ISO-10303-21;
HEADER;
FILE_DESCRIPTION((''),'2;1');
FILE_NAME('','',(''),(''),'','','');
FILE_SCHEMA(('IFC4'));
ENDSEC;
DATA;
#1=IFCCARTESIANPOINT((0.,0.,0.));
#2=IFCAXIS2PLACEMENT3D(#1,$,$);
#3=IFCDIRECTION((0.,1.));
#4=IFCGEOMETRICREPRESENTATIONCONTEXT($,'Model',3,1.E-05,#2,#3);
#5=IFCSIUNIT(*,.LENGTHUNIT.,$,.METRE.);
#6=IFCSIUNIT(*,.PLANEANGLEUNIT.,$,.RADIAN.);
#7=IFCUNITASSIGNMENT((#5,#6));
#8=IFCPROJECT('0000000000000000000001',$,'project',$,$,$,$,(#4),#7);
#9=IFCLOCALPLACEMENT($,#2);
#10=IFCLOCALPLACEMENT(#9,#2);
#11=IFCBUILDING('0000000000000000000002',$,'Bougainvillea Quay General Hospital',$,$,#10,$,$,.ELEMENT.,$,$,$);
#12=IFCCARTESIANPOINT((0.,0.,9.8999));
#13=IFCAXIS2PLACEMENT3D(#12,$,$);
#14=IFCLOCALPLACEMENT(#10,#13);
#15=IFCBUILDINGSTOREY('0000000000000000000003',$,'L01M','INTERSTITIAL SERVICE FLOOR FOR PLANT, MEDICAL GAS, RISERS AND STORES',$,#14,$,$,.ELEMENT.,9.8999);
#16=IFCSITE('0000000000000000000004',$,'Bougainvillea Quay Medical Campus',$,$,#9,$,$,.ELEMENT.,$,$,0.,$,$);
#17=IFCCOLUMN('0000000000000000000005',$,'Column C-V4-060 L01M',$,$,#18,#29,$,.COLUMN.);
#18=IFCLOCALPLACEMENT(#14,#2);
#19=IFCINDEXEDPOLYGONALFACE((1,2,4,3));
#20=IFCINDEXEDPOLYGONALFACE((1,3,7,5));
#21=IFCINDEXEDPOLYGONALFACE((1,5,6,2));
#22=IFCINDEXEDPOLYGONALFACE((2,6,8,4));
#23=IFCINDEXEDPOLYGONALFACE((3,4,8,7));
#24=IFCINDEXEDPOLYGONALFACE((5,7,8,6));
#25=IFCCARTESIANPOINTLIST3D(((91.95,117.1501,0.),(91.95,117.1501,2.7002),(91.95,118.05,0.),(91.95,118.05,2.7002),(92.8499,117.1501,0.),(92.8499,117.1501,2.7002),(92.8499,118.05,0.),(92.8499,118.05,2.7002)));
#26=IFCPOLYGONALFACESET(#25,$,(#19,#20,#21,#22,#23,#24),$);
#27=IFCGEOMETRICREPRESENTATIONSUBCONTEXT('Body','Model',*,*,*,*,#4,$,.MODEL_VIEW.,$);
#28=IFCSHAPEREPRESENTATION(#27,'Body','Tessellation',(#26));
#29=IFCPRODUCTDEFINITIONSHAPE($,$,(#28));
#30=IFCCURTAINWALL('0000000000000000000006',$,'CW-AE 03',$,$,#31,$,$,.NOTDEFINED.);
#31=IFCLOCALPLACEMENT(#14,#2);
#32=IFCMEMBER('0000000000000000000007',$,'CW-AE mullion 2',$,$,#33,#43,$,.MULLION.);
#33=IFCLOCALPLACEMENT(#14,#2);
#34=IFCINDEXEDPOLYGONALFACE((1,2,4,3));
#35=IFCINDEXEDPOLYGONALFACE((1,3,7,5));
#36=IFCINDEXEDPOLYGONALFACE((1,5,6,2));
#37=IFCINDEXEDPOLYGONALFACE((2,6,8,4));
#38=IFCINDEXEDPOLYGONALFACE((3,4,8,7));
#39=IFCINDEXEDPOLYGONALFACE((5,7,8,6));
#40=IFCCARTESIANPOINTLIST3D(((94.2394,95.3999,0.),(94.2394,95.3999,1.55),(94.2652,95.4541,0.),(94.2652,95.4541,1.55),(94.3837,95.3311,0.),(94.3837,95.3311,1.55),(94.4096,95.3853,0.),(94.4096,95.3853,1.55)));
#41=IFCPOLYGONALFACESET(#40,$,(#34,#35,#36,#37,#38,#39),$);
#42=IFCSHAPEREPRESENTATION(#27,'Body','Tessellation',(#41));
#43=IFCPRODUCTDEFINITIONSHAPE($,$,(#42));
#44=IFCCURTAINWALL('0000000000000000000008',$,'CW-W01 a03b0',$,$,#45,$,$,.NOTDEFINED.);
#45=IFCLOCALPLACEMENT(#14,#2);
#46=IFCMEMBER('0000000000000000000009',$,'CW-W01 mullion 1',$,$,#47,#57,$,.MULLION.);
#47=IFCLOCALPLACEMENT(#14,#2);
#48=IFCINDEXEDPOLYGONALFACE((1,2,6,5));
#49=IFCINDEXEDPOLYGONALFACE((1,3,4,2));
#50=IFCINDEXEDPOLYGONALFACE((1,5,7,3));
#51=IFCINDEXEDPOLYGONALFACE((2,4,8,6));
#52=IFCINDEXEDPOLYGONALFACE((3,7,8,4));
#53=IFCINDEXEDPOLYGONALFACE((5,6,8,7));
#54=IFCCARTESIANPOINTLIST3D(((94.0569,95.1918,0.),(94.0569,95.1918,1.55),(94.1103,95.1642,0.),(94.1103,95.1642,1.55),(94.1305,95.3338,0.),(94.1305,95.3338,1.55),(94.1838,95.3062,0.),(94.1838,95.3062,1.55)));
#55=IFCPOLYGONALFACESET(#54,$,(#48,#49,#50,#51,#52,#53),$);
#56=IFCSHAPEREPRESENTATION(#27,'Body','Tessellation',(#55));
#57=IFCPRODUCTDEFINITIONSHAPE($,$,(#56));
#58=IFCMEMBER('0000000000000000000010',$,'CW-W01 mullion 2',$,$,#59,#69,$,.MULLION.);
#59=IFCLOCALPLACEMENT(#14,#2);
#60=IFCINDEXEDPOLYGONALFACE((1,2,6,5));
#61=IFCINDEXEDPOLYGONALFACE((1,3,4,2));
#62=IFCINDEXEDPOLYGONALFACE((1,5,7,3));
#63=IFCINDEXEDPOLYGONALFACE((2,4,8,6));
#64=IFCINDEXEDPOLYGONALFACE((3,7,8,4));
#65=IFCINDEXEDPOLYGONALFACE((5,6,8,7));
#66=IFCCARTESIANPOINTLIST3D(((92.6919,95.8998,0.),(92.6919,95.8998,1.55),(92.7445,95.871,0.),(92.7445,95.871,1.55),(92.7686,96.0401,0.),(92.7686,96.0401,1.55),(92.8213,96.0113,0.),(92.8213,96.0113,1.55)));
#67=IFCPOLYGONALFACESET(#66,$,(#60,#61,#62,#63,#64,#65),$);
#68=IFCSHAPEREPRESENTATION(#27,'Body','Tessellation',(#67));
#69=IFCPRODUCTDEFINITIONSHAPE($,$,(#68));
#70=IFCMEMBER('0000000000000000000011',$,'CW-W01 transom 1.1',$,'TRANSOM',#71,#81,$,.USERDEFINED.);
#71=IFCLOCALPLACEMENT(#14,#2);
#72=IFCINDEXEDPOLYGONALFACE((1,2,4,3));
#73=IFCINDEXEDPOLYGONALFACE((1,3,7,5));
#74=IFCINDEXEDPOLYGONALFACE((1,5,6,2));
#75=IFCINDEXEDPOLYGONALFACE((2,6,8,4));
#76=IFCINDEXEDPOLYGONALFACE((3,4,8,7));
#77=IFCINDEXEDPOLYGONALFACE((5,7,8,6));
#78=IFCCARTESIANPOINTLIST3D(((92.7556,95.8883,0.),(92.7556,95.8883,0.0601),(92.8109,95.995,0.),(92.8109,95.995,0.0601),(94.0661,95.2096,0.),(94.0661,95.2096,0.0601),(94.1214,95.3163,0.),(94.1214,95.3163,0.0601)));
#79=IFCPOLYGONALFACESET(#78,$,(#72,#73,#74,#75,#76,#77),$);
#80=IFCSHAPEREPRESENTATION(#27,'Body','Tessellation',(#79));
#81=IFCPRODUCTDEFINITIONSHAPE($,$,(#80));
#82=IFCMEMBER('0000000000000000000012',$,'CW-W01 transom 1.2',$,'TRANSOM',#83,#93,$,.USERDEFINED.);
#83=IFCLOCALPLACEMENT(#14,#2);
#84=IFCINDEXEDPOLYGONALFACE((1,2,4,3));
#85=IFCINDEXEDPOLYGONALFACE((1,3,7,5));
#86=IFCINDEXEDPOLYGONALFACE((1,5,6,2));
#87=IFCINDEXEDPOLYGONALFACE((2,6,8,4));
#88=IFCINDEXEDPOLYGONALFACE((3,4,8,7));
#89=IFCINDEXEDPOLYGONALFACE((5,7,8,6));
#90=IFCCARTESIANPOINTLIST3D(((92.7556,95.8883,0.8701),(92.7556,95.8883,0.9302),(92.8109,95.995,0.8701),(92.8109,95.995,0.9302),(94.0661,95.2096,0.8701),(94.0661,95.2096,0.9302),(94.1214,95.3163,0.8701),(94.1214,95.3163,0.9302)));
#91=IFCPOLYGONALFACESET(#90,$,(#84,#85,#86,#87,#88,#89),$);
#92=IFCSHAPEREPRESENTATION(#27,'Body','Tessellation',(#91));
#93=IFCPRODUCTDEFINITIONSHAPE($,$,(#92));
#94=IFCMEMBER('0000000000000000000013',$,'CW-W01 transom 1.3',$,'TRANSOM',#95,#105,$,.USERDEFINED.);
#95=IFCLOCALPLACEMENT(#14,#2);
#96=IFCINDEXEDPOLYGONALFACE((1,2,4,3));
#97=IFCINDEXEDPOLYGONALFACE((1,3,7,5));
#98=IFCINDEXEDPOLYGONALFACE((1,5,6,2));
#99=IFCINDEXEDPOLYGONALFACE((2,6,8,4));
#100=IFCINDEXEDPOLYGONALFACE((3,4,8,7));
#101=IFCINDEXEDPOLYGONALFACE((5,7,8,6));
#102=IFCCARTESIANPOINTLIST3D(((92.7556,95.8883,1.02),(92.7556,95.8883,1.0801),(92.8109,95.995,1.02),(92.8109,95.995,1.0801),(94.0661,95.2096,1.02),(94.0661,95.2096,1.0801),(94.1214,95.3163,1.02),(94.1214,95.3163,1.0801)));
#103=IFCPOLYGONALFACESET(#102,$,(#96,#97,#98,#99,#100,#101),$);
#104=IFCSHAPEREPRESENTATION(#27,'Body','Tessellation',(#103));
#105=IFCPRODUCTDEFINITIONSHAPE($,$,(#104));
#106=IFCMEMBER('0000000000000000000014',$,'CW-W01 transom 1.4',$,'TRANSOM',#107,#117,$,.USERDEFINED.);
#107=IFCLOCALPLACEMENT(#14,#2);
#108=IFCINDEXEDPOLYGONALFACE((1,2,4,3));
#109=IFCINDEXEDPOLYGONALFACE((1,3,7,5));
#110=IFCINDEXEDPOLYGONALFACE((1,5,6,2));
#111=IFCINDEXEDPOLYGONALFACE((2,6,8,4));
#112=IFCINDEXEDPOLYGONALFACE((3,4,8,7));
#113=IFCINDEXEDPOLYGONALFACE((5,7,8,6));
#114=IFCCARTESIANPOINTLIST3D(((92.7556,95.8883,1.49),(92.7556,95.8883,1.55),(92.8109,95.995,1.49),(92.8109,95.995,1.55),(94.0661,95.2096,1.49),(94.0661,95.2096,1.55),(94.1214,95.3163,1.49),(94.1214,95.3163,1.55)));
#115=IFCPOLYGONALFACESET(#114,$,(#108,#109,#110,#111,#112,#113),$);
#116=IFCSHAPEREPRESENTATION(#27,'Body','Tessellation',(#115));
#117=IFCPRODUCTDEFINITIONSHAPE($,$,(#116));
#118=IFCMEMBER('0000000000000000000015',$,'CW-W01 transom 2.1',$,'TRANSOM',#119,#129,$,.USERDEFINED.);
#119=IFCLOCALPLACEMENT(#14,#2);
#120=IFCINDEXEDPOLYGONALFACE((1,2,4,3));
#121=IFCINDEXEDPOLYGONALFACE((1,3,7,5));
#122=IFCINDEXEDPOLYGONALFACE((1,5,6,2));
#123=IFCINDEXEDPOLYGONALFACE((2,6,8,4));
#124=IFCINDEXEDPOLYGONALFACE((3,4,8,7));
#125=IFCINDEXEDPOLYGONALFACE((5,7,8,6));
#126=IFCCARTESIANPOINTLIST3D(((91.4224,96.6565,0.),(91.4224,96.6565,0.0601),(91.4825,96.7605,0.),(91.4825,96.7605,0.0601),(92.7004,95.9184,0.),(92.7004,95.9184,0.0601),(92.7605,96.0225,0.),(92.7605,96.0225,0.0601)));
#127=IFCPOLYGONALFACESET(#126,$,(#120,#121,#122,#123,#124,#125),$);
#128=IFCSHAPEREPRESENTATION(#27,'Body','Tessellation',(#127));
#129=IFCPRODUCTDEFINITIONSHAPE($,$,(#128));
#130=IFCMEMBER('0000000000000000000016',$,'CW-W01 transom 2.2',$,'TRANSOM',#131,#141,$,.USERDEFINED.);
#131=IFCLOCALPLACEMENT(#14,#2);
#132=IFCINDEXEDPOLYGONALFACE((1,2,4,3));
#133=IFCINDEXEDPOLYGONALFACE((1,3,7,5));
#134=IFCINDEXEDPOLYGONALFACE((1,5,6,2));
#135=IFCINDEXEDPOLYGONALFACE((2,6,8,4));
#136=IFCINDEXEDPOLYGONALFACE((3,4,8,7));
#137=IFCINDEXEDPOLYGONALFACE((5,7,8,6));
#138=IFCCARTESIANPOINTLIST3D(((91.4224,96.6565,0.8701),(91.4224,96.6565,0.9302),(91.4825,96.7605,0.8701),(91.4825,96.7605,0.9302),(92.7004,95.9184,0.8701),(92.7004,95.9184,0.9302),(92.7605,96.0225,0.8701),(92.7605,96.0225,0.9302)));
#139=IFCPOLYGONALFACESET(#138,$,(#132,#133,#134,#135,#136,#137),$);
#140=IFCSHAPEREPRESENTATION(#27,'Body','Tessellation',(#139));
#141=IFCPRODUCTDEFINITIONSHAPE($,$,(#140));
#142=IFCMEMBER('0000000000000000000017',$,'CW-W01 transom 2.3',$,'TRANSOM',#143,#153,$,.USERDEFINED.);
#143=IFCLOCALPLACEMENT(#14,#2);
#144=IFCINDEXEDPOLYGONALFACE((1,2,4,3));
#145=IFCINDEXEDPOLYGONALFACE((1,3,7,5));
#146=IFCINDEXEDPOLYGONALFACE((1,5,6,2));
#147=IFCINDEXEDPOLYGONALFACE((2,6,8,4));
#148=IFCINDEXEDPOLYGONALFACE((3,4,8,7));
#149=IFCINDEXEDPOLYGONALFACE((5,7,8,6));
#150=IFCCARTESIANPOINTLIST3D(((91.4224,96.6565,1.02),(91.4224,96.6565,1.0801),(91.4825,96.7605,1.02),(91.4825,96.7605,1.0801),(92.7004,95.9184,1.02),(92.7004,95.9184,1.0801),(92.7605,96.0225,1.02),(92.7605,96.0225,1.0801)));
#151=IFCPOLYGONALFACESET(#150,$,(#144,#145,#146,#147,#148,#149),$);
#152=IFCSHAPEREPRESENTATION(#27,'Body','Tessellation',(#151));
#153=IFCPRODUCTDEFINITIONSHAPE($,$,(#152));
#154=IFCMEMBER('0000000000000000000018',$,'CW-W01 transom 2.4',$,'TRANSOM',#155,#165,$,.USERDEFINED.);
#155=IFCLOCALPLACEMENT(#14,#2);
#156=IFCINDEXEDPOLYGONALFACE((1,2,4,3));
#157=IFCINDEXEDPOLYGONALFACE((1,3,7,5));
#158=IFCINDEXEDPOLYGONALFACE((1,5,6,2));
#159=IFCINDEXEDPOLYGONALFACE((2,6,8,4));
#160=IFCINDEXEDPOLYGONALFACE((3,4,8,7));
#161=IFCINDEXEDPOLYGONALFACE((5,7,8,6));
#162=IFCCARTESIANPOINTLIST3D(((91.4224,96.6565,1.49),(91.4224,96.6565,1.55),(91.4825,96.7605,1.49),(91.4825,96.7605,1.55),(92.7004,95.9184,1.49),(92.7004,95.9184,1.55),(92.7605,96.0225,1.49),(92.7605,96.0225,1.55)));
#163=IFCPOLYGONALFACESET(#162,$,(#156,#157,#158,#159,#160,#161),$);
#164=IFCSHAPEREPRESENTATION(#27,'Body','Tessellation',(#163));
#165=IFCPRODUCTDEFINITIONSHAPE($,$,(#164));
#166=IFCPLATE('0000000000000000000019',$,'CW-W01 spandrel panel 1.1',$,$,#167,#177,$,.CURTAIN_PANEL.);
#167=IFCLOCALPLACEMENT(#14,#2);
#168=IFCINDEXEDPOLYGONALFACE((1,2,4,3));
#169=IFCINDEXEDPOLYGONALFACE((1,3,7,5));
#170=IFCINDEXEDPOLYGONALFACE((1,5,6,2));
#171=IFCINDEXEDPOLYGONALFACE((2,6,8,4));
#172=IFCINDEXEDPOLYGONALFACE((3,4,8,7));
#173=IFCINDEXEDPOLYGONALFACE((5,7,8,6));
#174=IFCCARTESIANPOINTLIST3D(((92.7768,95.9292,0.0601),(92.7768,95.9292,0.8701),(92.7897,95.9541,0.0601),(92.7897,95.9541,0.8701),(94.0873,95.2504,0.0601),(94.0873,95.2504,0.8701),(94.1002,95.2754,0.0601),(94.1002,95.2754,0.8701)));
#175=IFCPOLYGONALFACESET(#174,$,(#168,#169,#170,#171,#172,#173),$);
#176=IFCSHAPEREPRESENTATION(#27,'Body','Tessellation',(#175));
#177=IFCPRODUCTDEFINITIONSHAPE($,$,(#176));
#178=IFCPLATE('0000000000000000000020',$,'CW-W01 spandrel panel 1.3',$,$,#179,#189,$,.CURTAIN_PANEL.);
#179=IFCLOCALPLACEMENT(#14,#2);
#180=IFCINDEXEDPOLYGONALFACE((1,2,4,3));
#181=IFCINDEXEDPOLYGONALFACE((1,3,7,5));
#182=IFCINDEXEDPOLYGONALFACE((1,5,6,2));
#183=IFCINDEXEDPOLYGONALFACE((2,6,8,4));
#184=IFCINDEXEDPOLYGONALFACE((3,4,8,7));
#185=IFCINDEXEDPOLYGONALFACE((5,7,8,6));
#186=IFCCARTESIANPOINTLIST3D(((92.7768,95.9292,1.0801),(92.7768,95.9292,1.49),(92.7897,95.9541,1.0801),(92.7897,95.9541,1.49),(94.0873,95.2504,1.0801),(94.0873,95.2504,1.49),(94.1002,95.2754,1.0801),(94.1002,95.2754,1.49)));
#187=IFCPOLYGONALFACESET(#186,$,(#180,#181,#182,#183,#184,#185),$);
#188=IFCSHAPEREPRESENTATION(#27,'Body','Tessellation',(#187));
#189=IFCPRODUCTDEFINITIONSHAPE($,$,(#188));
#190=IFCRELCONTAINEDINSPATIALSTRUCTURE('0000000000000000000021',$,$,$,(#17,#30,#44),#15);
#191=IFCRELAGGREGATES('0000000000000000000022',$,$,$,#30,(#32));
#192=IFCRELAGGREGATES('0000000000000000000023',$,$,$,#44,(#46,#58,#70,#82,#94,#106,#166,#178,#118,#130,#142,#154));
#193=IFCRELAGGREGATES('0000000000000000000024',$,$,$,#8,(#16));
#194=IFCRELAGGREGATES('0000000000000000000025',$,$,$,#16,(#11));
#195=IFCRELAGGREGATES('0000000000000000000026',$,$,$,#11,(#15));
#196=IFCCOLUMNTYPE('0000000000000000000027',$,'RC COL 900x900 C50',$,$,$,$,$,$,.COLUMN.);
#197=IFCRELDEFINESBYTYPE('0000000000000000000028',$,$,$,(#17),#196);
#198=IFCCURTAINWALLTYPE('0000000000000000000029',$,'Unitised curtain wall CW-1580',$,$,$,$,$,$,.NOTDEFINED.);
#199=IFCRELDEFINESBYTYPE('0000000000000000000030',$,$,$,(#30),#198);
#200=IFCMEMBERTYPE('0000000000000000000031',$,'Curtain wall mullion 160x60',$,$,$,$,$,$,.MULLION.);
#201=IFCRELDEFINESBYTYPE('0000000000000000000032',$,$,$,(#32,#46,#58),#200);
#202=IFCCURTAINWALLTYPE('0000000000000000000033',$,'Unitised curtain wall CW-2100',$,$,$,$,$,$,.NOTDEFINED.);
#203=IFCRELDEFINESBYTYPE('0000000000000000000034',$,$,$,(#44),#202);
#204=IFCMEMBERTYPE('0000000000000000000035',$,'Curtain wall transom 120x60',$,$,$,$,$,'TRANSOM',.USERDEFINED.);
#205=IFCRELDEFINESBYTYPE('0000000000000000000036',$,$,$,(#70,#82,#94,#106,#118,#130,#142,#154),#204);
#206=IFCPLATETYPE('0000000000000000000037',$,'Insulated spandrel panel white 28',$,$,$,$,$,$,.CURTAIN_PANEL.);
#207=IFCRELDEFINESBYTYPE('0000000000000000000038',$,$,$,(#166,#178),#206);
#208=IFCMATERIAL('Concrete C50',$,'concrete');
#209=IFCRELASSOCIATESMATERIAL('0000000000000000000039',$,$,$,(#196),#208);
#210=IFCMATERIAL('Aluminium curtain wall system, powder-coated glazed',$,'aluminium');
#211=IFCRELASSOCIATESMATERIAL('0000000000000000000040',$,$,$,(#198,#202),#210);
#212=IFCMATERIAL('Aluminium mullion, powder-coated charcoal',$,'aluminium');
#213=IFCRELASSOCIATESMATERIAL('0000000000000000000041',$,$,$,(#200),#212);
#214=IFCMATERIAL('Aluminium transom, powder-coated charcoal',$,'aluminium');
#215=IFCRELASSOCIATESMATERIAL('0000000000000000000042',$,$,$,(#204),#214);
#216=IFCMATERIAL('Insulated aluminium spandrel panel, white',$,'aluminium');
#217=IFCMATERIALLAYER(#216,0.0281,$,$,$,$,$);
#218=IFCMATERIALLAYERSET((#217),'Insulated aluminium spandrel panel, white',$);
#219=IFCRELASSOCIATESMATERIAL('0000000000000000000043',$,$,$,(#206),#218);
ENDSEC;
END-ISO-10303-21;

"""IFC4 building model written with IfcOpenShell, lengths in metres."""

from ifc_helpers import new_model, si_unit, direction, frame, origin, origin_2d, place, context, subcontext, project, spatial, rectangle, extrude, material, layer, layer_set, material_profile, profile_set, type_object, element, aggregate, save


model = new_model("IFC4")

# Units and contexts
model_context = context("Model", 3, precision=1e-05, world=origin(), true_north=direction((0.0, 1.0)))
body_context = subcontext(model_context, "Body", "Model", "MODEL_VIEW")
ifc_project = project(units=[si_unit("LENGTHUNIT", "METRE"), si_unit("PLANEANGLEUNIT", "RADIAN")], contexts=[model_context])

# Site, building, storey
site_placement = place(None, origin())
site = spatial("IfcSite", under=ifc_project, at=site_placement, Name="Bougainvillea Quay Medical Campus", CompositionType="ELEMENT", RefElevation=0.0)
building_placement = place(site_placement, origin())
building = spatial("IfcBuilding", under=site, at=building_placement, Name="Bougainvillea Quay General Hospital", CompositionType="ELEMENT")
storey_placement = place(building_placement, frame((0.0, 0.0, 9.8999)))
storey = spatial("IfcBuildingStorey", under=building, at=storey_placement, Name="L01M", Description="INTERSTITIAL SERVICE FLOOR FOR PLANT, MEDICAL GAS, RISERS AND STORES", CompositionType="ELEMENT", Elevation=9.8999)

# Column
ifc_material_1 = material(Name="Concrete C50", Category="concrete")
ifc_material_profile_1 = material_profile(ifc_material_1, rectangle(XDim=0.8999, YDim=0.8999, at=origin_2d()))
ifc_profile_set_1 = profile_set([ifc_material_profile_1], Name="Concrete C50")
column_type = type_object("IfcColumnType", Name="RC COL 900x900 C50", PredefinedType="COLUMN", material=ifc_profile_set_1)
column_placement = place(storey_placement, frame((92.3999, 117.6001, 0.0), z_axis=(0.0, 0.0, 1.0), x_axis=(1.0, 0.0, 0.0)))
element("IfcColumn", 1, at=column_placement, inside=storey, type_object=column_type, Name="Column C-V4-060 L01M", PredefinedType="COLUMN", context=body_context, shape_type="SweptSolid", body=[
    extrude(rectangle(XDim=0.8999, YDim=0.8999, at=origin_2d()), origin(), (0.0, 0.0, 1.0), 2.7002),
])

# Curtain wall, member
ifc_material_2 = material(Name="Aluminium curtain wall system, powder-coated glazed", Category="aluminium")
curtain_wall_type_1 = type_object("IfcCurtainWallType", Name="Unitised curtain wall CW-1580", PredefinedType="NOTDEFINED", material=ifc_material_2)
curtain_wall_1_placement = place(storey_placement, origin())
curtain_wall_1 = element("IfcCurtainWall", 2, at=curtain_wall_1_placement, inside=storey, type_object=curtain_wall_type_1, Name="CW-AE 03", PredefinedType="NOTDEFINED")
ifc_material_3 = material(Name="Aluminium mullion, powder-coated charcoal", Category="aluminium")
ifc_material_profile_2 = material_profile(ifc_material_3, rectangle(XDim=0.1599, YDim=0.0601, at=origin_2d()))
ifc_profile_set_2 = profile_set([ifc_material_profile_2], Name="Aluminium mullion, powder-coated charcoal")
member_type_1 = type_object("IfcMemberType", Name="Curtain wall mullion 160x60", PredefinedType="MULLION", material=ifc_profile_set_2)
member_1_placement = place(storey_placement, frame((94.3245, 95.3926, 0.0), z_axis=(0.0, 0.0, 1.0), x_axis=(-0.902578, 0.430525, 0.0)))
member_1 = element("IfcMember", 3, at=member_1_placement, type_object=member_type_1, Name="CW-AE mullion 2", PredefinedType="MULLION", context=body_context, shape_type="SweptSolid", body=[
    extrude(rectangle(XDim=0.1599, YDim=0.0601, at=origin_2d()), origin(), (0.0, 0.0, 1.0), 1.55),
])
aggregate(curtain_wall_1, [member_1])

# Curtain wall, members, plates
curtain_wall_type_2 = type_object("IfcCurtainWallType", Name="Unitised curtain wall CW-2100", PredefinedType="NOTDEFINED", material=ifc_material_2)
curtain_wall_2_placement = place(storey_placement, origin())
curtain_wall_2 = element("IfcCurtainWall", 4, at=curtain_wall_2_placement, inside=storey, type_object=curtain_wall_type_2, Name="CW-W01 a03b0", PredefinedType="NOTDEFINED")
member_2_placement = place(storey_placement, frame((94.1204, 95.249, 0.0), z_axis=(0.0, 0.0, 1.0), x_axis=(-0.459924, -0.887958, 0.0)))
member_2 = element("IfcMember", 5, at=member_2_placement, type_object=member_type_1, Name="CW-W01 mullion 1", PredefinedType="MULLION", context=body_context, shape_type="SweptSolid", body=[
    extrude(rectangle(XDim=0.1599, YDim=0.0601, at=origin_2d()), origin(), (0.0, 0.0, 1.0), 1.55),
])
member_3_placement = place(storey_placement, frame((92.7566, 95.9556, 0.0), z_axis=(0.0, 0.0, 1.0), x_axis=(-0.480103, -0.877212, 0.0)))
member_3 = element("IfcMember", 6, at=member_3_placement, type_object=member_type_1, Name="CW-W01 mullion 2", PredefinedType="MULLION", context=body_context, shape_type="SweptSolid", body=[
    extrude(rectangle(XDim=0.1599, YDim=0.0601, at=origin_2d()), origin(), (0.0, 0.0, 1.0), 1.55),
])
ifc_material_4 = material(Name="Aluminium transom, powder-coated charcoal", Category="aluminium")
ifc_material_profile_3 = material_profile(ifc_material_4, rectangle(XDim=0.1201, YDim=0.0601, at=origin_2d()))
ifc_profile_set_3 = profile_set([ifc_material_profile_3], Name="Aluminium transom, powder-coated charcoal")
member_type_2 = type_object("IfcMemberType", Name="Curtain wall transom 120x60", ElementType="TRANSOM", PredefinedType="USERDEFINED", material=ifc_profile_set_3)
member_4_placement = place(storey_placement, frame((94.0938, 95.2629, 0.03), z_axis=(-0.887985, 0.459873, 0.0), x_axis=(-0.459873, -0.887985, 0.0)))
member_4 = element("IfcMember", 7, at=member_4_placement, type_object=member_type_2, Name="CW-W01 transom 1.1", ObjectType="TRANSOM", PredefinedType="USERDEFINED", context=body_context, shape_type="SweptSolid", body=[
    extrude(rectangle(XDim=0.1201, YDim=0.0601, at=origin_2d()), origin(), (0.0, 0.0, 1.0), 1.4758),
])
member_5_placement = place(storey_placement, frame((94.0938, 95.2629, 0.9001), z_axis=(-0.887985, 0.459873, 0.0), x_axis=(-0.459873, -0.887985, 0.0)))
member_5 = element("IfcMember", 8, at=member_5_placement, type_object=member_type_2, Name="CW-W01 transom 1.2", ObjectType="TRANSOM", PredefinedType="USERDEFINED", context=body_context, shape_type="SweptSolid", body=[
    extrude(rectangle(XDim=0.1201, YDim=0.0601, at=origin_2d()), origin(), (0.0, 0.0, 1.0), 1.4758),
])
member_6_placement = place(storey_placement, frame((94.0938, 95.2629, 1.05), z_axis=(-0.887985, 0.459873, 0.0), x_axis=(-0.459873, -0.887985, 0.0)))
member_6 = element("IfcMember", 9, at=member_6_placement, type_object=member_type_2, Name="CW-W01 transom 1.3", ObjectType="TRANSOM", PredefinedType="USERDEFINED", context=body_context, shape_type="SweptSolid", body=[
    extrude(rectangle(XDim=0.1201, YDim=0.0601, at=origin_2d()), origin(), (0.0, 0.0, 1.0), 1.4758),
])
member_7_placement = place(storey_placement, frame((94.0938, 95.2629, 1.52), z_axis=(-0.887985, 0.459873, 0.0), x_axis=(-0.459873, -0.887985, 0.0)))
member_7 = element("IfcMember", 10, at=member_7_placement, type_object=member_type_2, Name="CW-W01 transom 1.4", ObjectType="TRANSOM", PredefinedType="USERDEFINED", context=body_context, shape_type="SweptSolid", body=[
    extrude(rectangle(XDim=0.1201, YDim=0.0601, at=origin_2d()), origin(), (0.0, 0.0, 1.0), 1.4758),
])
member_8_placement = place(storey_placement, frame((92.7305, 95.9705, 0.03), z_axis=(-0.865984, 0.500071, 0.0), x_axis=(-0.500071, -0.865984, 0.0)))
member_8 = element("IfcMember", 11, at=member_8_placement, type_object=member_type_2, Name="CW-W01 transom 2.1", ObjectType="TRANSOM", PredefinedType="USERDEFINED", context=body_context, shape_type="SweptSolid", body=[
    extrude(rectangle(XDim=0.1201, YDim=0.0601, at=origin_2d()), origin(), (0.0, 0.0, 1.0), 1.4758),
])
member_9_placement = place(storey_placement, frame((92.7305, 95.9705, 0.9001), z_axis=(-0.865984, 0.500071, 0.0), x_axis=(-0.500071, -0.865984, 0.0)))
member_9 = element("IfcMember", 12, at=member_9_placement, type_object=member_type_2, Name="CW-W01 transom 2.2", ObjectType="TRANSOM", PredefinedType="USERDEFINED", context=body_context, shape_type="SweptSolid", body=[
    extrude(rectangle(XDim=0.1201, YDim=0.0601, at=origin_2d()), origin(), (0.0, 0.0, 1.0), 1.4758),
])
member_10_placement = place(storey_placement, frame((92.7305, 95.9705, 1.05), z_axis=(-0.865984, 0.500071, 0.0), x_axis=(-0.500071, -0.865984, 0.0)))
member_10 = element("IfcMember", 13, at=member_10_placement, type_object=member_type_2, Name="CW-W01 transom 2.3", ObjectType="TRANSOM", PredefinedType="USERDEFINED", context=body_context, shape_type="SweptSolid", body=[
    extrude(rectangle(XDim=0.1201, YDim=0.0601, at=origin_2d()), origin(), (0.0, 0.0, 1.0), 1.4758),
])
member_11_placement = place(storey_placement, frame((92.7305, 95.9705, 1.52), z_axis=(-0.865984, 0.500071, 0.0), x_axis=(-0.500071, -0.865984, 0.0)))
member_11 = element("IfcMember", 14, at=member_11_placement, type_object=member_type_2, Name="CW-W01 transom 2.4", ObjectType="TRANSOM", PredefinedType="USERDEFINED", context=body_context, shape_type="SweptSolid", body=[
    extrude(rectangle(XDim=0.1201, YDim=0.0601, at=origin_2d()), origin(), (0.0, 0.0, 1.0), 1.4758),
])
ifc_material_5 = material(Name="Insulated aluminium spandrel panel, white", Category="aluminium")
ifc_layer_1 = layer(ifc_material_5, 0.0281)
ifc_layer_set_1 = layer_set([ifc_layer_1], Name="Insulated aluminium spandrel panel, white")
plate_type_1 = type_object("IfcPlateType", Name="Insulated spandrel panel white 28", PredefinedType="CURTAIN_PANEL", material=ifc_layer_set_1)
plate_1_placement = place(storey_placement, frame((93.4385, 95.6023, 0.0601), z_axis=(0.0, 0.0, 1.0), x_axis=(-0.887958, 0.459924, 0.0)))
plate_1 = element("IfcPlate", 15, at=plate_1_placement, type_object=plate_type_1, Name="CW-W01 spandrel panel 1.1", PredefinedType="CURTAIN_PANEL", context=body_context, shape_type="SweptSolid", body=[
    extrude(rectangle(XDim=1.4758, YDim=0.0281, at=origin_2d()), origin(), (0.0, 0.0, 1.0), 0.8101),
])
plate_2_placement = place(storey_placement, frame((93.4385, 95.6023, 1.0801), z_axis=(0.0, 0.0, 1.0), x_axis=(-0.887958, 0.459924, 0.0)))
plate_2 = element("IfcPlate", 16, at=plate_2_placement, type_object=plate_type_1, Name="CW-W01 spandrel panel 1.3", PredefinedType="CURTAIN_PANEL", context=body_context, shape_type="SweptSolid", body=[
    extrude(rectangle(XDim=1.4758, YDim=0.0281, at=origin_2d()), origin(), (0.0, 0.0, 1.0), 0.4099),
])
aggregate(curtain_wall_2, [member_2, member_3, member_4, member_5, member_6, member_7, plate_1, plate_2, member_8, member_9, member_10, member_11])

save(model, "model.ifc")
